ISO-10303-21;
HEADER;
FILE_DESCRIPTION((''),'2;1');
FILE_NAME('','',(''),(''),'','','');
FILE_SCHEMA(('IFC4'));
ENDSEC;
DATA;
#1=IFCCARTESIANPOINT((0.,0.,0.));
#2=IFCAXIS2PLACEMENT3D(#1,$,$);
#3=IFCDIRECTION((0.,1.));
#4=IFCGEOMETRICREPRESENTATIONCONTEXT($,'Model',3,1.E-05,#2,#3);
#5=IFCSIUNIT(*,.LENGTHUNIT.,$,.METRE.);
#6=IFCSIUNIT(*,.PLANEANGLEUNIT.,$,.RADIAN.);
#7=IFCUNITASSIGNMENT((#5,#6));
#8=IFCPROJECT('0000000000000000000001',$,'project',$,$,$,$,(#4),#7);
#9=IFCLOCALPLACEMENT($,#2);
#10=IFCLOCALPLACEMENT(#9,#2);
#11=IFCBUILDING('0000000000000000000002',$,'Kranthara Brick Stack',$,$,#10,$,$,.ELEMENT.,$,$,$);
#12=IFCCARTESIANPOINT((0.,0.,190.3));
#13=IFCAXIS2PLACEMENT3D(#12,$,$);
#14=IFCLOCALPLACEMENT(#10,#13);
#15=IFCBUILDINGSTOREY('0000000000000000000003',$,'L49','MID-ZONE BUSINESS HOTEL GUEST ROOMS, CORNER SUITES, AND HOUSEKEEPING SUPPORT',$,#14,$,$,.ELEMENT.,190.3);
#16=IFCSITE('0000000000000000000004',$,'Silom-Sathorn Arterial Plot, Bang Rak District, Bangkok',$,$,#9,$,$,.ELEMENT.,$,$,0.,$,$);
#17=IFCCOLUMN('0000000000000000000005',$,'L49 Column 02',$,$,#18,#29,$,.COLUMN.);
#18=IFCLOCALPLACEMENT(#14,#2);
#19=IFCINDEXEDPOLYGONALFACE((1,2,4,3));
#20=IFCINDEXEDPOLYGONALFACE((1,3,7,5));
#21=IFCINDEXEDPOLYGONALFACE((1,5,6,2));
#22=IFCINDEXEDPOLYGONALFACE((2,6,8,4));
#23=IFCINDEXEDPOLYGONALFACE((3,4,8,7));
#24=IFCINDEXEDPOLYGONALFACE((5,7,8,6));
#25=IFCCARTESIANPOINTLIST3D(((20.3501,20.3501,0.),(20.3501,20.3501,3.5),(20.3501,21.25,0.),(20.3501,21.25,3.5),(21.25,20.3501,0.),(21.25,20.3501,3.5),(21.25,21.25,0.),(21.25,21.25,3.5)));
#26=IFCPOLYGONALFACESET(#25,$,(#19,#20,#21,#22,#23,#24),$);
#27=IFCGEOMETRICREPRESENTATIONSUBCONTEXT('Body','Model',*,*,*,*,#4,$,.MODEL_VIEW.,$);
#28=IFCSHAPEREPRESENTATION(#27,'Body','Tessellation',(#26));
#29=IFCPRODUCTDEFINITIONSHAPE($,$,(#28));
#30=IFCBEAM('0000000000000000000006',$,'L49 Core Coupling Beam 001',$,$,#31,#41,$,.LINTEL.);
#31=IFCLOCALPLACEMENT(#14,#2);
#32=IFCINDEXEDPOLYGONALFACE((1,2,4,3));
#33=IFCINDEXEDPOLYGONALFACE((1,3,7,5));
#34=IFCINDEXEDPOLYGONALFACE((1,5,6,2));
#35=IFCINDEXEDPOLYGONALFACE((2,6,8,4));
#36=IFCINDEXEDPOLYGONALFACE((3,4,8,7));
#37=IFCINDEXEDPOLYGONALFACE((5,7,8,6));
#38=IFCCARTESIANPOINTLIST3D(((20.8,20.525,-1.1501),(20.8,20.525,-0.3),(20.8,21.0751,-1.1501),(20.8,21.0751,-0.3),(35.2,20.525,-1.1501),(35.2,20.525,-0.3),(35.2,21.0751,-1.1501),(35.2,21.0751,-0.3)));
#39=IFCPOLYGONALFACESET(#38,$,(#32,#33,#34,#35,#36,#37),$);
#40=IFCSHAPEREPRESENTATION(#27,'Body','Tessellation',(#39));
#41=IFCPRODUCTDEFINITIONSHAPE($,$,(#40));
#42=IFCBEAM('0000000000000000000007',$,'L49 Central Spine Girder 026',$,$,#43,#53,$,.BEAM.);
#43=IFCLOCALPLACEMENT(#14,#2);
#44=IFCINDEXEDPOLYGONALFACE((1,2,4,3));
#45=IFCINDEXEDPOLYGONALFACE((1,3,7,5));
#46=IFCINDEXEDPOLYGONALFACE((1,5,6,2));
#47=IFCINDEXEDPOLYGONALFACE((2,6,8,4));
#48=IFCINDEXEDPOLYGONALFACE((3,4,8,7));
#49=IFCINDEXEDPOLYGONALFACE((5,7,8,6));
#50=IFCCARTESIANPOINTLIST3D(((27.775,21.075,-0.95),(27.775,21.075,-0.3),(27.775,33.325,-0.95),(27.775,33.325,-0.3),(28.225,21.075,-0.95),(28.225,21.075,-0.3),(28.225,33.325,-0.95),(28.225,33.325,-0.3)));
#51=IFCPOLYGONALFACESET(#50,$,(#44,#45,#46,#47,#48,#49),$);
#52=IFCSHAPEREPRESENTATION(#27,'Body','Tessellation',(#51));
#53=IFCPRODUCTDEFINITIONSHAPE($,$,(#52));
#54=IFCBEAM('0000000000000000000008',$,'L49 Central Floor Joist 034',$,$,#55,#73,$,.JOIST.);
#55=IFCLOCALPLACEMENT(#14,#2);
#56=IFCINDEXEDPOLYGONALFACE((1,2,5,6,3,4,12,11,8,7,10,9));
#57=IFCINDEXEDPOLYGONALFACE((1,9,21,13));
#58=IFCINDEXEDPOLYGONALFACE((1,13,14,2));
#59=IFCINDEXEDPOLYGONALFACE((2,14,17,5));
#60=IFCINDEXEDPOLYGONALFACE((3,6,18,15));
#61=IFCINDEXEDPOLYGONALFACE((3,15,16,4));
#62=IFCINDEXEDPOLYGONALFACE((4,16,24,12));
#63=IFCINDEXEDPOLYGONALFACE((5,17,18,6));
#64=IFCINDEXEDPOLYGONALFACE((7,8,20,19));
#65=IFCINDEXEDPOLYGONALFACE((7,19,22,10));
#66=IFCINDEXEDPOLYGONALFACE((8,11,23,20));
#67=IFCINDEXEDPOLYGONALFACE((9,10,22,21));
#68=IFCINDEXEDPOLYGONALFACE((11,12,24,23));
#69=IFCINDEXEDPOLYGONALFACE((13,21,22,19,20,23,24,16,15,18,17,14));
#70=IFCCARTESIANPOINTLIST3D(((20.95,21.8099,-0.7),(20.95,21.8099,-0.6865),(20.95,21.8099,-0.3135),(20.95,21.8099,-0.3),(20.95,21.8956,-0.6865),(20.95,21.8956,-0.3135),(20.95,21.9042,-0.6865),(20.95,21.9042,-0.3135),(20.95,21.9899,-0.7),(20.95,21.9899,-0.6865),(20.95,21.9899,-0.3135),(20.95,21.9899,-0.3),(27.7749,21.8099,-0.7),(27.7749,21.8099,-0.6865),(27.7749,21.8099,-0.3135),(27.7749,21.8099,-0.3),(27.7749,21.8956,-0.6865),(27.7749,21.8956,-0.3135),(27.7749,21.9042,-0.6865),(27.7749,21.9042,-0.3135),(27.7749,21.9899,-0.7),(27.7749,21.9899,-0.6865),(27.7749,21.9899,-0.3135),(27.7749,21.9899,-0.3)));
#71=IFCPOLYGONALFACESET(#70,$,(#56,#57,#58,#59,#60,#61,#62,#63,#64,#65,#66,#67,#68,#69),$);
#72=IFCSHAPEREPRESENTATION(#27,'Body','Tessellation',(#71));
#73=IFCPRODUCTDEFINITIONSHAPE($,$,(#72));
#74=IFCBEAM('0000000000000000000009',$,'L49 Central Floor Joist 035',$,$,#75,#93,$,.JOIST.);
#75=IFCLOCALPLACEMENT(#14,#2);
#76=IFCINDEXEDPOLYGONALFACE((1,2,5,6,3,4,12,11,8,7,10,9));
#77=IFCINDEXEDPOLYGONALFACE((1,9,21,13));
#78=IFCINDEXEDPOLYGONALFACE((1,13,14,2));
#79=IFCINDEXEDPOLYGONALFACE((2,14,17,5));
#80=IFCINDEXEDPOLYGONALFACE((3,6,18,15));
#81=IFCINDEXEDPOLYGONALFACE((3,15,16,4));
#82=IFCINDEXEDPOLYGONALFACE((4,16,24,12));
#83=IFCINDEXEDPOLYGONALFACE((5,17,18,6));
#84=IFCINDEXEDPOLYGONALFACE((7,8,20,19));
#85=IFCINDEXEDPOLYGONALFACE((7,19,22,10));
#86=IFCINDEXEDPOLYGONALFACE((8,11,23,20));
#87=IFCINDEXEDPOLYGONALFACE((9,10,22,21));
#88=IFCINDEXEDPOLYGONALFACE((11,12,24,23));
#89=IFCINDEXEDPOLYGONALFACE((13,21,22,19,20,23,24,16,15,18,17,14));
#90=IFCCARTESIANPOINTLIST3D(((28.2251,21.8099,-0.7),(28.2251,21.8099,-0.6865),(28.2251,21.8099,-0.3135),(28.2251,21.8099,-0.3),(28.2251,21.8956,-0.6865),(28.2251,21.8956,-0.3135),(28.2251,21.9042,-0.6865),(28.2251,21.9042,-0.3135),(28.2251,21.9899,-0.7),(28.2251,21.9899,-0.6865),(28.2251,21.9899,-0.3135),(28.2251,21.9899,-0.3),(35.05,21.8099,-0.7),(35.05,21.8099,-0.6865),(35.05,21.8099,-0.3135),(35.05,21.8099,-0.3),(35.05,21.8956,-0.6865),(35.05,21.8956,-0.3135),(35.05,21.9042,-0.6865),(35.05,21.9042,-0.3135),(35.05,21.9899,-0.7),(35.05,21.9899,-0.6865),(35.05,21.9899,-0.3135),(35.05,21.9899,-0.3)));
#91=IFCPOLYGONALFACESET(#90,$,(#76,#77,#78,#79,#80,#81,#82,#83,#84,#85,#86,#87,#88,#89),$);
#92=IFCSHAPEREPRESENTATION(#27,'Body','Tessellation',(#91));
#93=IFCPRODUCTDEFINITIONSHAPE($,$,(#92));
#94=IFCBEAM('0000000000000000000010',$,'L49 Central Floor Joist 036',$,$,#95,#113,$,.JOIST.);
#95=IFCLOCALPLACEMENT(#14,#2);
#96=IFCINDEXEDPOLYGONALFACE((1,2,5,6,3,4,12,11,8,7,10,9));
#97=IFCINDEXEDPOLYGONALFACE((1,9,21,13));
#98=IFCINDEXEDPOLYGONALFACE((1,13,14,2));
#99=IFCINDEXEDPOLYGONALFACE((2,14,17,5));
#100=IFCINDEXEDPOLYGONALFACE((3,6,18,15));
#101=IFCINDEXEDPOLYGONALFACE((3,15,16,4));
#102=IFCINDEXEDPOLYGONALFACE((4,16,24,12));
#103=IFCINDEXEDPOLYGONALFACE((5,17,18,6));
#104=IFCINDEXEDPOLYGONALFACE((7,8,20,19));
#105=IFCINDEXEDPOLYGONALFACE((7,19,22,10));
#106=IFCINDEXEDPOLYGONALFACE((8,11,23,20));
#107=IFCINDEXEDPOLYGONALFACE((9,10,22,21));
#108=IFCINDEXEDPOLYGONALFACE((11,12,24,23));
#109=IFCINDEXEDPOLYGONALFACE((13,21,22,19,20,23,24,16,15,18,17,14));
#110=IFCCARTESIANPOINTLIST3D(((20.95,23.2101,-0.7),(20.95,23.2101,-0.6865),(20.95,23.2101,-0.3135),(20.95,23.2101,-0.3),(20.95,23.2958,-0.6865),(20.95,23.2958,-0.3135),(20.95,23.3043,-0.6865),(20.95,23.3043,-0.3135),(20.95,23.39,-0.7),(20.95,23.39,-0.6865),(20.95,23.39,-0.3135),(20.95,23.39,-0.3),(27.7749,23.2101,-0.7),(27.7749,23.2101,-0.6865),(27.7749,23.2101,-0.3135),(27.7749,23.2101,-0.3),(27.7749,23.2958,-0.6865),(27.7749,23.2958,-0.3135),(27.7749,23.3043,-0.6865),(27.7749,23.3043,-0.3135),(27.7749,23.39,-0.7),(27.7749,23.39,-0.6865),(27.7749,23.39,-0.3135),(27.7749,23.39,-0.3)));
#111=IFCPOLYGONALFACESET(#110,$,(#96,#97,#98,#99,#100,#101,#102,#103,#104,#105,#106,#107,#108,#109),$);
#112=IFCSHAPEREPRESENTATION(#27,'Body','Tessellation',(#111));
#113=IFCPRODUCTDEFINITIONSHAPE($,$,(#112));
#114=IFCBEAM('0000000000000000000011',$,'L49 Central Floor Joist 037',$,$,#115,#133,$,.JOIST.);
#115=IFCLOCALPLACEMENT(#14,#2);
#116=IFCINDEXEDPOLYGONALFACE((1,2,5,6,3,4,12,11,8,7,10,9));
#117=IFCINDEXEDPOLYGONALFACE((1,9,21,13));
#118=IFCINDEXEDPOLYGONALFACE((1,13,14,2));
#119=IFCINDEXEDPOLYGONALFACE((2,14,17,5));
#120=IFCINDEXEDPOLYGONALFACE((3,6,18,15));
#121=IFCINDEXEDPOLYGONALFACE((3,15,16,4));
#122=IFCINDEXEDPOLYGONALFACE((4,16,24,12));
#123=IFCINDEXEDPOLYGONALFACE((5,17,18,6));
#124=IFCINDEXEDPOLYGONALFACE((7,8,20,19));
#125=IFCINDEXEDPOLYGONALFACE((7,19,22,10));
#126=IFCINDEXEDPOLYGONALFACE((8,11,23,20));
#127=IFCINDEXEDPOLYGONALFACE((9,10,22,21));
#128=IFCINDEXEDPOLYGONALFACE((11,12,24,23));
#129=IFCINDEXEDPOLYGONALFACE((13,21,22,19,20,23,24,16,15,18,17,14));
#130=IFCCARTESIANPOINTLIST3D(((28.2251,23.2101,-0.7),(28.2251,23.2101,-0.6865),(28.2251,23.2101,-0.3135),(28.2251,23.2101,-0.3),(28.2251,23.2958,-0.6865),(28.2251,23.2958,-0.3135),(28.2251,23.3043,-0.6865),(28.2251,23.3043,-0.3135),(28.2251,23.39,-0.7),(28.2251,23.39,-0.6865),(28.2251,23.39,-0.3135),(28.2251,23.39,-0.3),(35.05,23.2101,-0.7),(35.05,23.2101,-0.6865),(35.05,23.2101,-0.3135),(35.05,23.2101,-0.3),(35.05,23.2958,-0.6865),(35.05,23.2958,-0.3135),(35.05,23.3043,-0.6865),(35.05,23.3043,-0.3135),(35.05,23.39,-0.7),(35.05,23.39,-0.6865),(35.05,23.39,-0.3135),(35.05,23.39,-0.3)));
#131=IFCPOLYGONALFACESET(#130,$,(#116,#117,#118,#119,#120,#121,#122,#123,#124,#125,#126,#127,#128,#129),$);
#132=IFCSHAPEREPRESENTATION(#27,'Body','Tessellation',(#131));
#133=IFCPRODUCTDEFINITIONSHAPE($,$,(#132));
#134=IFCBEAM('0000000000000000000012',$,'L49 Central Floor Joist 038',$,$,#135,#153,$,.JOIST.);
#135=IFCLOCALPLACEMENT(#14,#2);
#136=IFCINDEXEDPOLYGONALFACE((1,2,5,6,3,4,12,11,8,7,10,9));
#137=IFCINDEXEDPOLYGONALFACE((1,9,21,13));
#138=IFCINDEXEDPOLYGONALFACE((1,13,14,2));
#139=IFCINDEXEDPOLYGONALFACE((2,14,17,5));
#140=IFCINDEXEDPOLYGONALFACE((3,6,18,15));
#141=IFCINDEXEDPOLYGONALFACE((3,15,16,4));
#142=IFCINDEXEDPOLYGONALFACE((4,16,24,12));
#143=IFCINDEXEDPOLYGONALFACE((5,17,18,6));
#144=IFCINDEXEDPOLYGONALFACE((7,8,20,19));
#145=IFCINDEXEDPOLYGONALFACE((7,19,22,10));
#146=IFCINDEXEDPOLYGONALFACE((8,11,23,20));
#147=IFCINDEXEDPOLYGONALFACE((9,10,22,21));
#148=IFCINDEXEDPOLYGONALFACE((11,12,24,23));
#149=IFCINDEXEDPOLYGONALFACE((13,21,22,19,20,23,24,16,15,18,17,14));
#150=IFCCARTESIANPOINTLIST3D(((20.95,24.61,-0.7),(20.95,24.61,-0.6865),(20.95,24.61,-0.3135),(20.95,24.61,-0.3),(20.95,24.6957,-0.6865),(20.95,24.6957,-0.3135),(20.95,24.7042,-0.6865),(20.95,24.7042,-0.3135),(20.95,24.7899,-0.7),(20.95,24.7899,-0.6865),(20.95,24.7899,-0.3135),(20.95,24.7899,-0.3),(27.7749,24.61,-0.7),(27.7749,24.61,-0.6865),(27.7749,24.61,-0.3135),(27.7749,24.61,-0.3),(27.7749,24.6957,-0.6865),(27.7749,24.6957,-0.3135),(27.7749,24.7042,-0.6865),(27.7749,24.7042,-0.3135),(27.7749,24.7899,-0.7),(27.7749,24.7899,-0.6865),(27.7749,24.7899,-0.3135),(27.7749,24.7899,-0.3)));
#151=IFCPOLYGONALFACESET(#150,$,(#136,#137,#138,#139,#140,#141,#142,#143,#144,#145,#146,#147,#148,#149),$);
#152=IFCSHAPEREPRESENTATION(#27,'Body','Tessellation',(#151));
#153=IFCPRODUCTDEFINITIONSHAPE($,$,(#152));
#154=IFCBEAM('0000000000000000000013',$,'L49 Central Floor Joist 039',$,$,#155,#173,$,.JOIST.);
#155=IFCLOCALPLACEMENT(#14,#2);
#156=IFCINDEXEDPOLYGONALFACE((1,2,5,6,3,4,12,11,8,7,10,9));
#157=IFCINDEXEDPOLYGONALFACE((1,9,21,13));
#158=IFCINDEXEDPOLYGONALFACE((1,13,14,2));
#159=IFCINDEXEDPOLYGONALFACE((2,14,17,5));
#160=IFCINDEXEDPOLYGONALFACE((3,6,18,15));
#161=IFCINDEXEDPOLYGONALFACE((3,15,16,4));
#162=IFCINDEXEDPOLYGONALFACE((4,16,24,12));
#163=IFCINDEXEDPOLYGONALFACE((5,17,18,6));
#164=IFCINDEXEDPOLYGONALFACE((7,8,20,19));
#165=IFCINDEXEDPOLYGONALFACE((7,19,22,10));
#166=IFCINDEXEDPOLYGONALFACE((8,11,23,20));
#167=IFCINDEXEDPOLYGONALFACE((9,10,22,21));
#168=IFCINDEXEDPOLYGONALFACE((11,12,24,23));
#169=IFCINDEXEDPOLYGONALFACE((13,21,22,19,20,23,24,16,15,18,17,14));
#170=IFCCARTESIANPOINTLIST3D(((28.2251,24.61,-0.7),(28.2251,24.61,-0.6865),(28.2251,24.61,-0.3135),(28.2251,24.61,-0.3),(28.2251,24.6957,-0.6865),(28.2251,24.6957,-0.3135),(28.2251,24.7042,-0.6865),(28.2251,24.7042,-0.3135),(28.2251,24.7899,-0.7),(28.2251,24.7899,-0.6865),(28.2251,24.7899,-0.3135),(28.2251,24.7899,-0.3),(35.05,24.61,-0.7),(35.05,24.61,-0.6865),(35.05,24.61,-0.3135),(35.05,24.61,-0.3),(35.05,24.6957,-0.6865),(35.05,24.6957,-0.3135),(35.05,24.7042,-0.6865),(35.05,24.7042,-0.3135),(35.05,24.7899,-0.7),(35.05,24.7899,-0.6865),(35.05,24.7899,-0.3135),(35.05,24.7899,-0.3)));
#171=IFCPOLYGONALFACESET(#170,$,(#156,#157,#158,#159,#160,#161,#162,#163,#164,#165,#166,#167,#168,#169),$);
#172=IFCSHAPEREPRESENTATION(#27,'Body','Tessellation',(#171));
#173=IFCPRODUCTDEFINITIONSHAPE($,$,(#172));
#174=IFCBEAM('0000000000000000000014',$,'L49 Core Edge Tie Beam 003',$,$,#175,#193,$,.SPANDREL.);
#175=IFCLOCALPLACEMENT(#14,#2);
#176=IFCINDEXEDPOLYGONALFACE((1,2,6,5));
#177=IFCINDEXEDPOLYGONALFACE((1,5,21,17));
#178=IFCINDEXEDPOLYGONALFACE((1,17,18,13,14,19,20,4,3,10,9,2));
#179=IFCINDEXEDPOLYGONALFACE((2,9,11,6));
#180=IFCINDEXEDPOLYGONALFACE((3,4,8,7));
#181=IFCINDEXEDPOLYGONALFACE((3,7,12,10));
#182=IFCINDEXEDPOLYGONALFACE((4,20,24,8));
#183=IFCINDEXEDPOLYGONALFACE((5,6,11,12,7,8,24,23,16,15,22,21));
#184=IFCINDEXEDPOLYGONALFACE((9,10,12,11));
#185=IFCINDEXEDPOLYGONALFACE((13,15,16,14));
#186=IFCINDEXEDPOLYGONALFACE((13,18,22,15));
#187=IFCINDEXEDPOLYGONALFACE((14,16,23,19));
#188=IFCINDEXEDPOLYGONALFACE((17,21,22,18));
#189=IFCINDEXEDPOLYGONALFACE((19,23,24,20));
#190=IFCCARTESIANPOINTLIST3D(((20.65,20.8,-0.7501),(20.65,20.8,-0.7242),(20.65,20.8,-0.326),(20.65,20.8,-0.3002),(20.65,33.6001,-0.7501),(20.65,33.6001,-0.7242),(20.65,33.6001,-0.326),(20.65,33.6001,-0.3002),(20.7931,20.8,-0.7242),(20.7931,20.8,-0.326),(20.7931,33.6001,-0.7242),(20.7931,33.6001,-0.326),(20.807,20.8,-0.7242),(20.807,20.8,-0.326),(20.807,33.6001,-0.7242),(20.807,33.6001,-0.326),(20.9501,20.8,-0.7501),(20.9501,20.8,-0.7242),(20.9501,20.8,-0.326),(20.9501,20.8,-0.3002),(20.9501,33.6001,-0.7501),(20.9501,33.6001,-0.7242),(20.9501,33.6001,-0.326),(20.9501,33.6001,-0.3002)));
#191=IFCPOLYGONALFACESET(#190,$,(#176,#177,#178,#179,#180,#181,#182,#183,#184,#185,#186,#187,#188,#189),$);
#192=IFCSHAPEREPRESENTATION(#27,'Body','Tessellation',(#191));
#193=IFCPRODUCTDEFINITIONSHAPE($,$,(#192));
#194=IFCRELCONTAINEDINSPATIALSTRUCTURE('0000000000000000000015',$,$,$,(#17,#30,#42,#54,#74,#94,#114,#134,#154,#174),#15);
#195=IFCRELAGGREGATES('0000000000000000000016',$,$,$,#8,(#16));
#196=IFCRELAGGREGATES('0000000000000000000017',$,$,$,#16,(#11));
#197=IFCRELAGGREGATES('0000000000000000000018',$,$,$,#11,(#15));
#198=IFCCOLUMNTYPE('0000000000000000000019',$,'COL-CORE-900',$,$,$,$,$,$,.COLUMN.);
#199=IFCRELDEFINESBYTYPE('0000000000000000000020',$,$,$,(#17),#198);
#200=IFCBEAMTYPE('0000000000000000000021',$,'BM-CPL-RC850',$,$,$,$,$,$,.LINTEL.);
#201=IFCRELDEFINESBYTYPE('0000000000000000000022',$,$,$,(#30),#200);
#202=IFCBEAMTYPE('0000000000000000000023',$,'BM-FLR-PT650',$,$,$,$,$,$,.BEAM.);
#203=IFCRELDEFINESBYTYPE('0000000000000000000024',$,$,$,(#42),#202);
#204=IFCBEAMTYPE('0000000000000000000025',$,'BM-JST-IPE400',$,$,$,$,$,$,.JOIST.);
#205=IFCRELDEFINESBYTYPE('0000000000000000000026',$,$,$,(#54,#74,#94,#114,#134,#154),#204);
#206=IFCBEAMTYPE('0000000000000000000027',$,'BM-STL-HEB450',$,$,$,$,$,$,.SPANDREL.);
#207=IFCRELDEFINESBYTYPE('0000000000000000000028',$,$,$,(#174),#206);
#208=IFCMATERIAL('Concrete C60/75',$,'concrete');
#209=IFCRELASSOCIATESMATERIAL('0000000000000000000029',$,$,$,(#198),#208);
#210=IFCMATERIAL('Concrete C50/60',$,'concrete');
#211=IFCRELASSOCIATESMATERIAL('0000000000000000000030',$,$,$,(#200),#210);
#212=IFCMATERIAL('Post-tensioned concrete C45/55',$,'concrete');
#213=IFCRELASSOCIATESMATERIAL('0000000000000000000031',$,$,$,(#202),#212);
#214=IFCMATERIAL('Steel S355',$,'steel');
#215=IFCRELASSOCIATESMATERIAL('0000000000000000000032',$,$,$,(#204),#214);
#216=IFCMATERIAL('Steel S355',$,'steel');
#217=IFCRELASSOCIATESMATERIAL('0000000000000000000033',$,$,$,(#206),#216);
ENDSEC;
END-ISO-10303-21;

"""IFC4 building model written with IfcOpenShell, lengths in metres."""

from ifc_helpers import new_model, si_unit, direction, frame, origin, origin_2d, place, context, subcontext, project, spatial, rectangle, i_section, extrude, material, material_profile, profile_set, type_object, element, save


model = new_model("IFC4")

# Units and contexts
model_context = context("Model", 3, precision=1e-05, world=origin(), true_north=direction((0.0, 1.0)))
body_context = subcontext(model_context, "Body", "Model", "MODEL_VIEW")
ifc_project = project(units=[si_unit("LENGTHUNIT", "METRE"), si_unit("PLANEANGLEUNIT", "RADIAN")], contexts=[model_context])

# Site, building, storey
site_placement = place(None, origin())
site = spatial("IfcSite", under=ifc_project, at=site_placement, Name="Silom-Sathorn Arterial Plot, Bang Rak District, Bangkok", CompositionType="ELEMENT", RefElevation=0.0)
building_placement = place(site_placement, origin())
building = spatial("IfcBuilding", under=site, at=building_placement, Name="Kranthara Brick Stack", CompositionType="ELEMENT")
storey_placement = place(building_placement, frame((0.0, 0.0, 190.3)))
storey = spatial("IfcBuildingStorey", under=building, at=storey_placement, Name="L49", Description="MID-ZONE BUSINESS HOTEL GUEST ROOMS, CORNER SUITES, AND HOUSEKEEPING SUPPORT", CompositionType="ELEMENT", Elevation=190.3)

# Column
ifc_material_1 = material(Name="Concrete C60/75", Category="concrete")
ifc_material_profile_1 = material_profile(ifc_material_1, rectangle(XDim=0.8999, YDim=0.8999, at=origin_2d()), Name="RC 900x900")
ifc_profile_set_1 = profile_set([ifc_material_profile_1], Name="Concrete C60/75")
column_type = type_object("IfcColumnType", Name="COL-CORE-900", PredefinedType="COLUMN", material=ifc_profile_set_1)
column_placement = place(storey_placement, frame((20.8, 20.8, 0.0), z_axis=(0.0, 0.0, 1.0), x_axis=(1.0, 0.0, 0.0)))
element("IfcColumn", 1, at=column_placement, inside=storey, type_object=column_type, Name="L49 Column 02", PredefinedType="COLUMN", context=body_context, shape_type="SweptSolid", body=[
    extrude(rectangle(XDim=0.8999, YDim=0.8999, at=origin_2d()), origin(), (0.0, 0.0, 1.0), 3.5),
])

# Beams
ifc_material_2 = material(Name="Concrete C50/60", Category="concrete")
ifc_material_profile_2 = material_profile(ifc_material_2, rectangle(XDim=0.55, YDim=0.8501, at=origin_2d()), Name="RC 550x850")
ifc_profile_set_2 = profile_set([ifc_material_profile_2], Name="Concrete C50/60")
beam_type_1 = type_object("IfcBeamType", Name="BM-CPL-RC850", PredefinedType="LINTEL", material=ifc_profile_set_2)
beam_1_placement = place(storey_placement, frame((20.8, 20.8, -0.7251), z_axis=(1.0, 0.0, 0.0), x_axis=(0.0, 1.0, 0.0)))
element("IfcBeam", 2, at=beam_1_placement, inside=storey, type_object=beam_type_1, Name="L49 Core Coupling Beam 001", PredefinedType="LINTEL", context=body_context, shape_type="SweptSolid", body=[
    extrude(rectangle(XDim=0.55, YDim=0.8501, at=origin_2d()), origin(), (0.0, 0.0, 1.0), 14.3999),
])
ifc_material_3 = material(Name="Post-tensioned concrete C45/55", Category="concrete")
ifc_material_profile_3 = material_profile(ifc_material_3, rectangle(XDim=0.45, YDim=0.6499, at=origin_2d()), Name="PT 450x650")
ifc_profile_set_3 = profile_set([ifc_material_profile_3], Name="Post-tensioned concrete C45/55")
beam_type_2 = type_object("IfcBeamType", Name="BM-FLR-PT650", PredefinedType="BEAM", material=ifc_profile_set_3)
beam_2_placement = place(storey_placement, frame((28.0, 21.075, -0.625), z_axis=(0.0, 1.0, 0.0), x_axis=(-1.0, 0.0, 0.0)))
element("IfcBeam", 3, at=beam_2_placement, inside=storey, type_object=beam_type_2, Name="L49 Central Spine Girder 026", PredefinedType="BEAM", context=body_context, shape_type="SweptSolid", body=[
    extrude(rectangle(XDim=0.45, YDim=0.6499, at=origin_2d()), origin(), (0.0, 0.0, 1.0), 12.25),
])
ifc_material_4 = material(Name="Steel S355", Category="steel")
ifc_material_profile_4 = material_profile(ifc_material_4, i_section(OverallWidth=0.1799, OverallDepth=0.3999, WebThickness=0.0085, FlangeThickness=0.0134, at=origin_2d()), Name="IPE 400")
ifc_profile_set_4 = profile_set([ifc_material_profile_4], Name="Steel S355")
beam_type_3 = type_object("IfcBeamType", Name="BM-JST-IPE400", PredefinedType="JOIST", material=ifc_profile_set_4)
for number, where, z_axis, x_axis, name in (
    (4, (20.95, 21.8999, -0.5), (1.0, 0.0, 0.0), (0.0, 1.0, 0.0), "L49 Central Floor Joist 034"),
    (5, (28.2251, 21.8999, -0.5), (1.0, 0.0, 0.0), (0.0, 1.0, 0.0), "L49 Central Floor Joist 035"),
    (6, (20.95, 23.3, -0.5), (1.0, 0.0, 0.0), (0.0, 1.0, 0.0), "L49 Central Floor Joist 036"),
    (7, (28.2251, 23.3, -0.5), (1.0, 0.0, 0.0), (0.0, 1.0, 0.0), "L49 Central Floor Joist 037"),
    (8, (20.95, 24.7, -0.5), (1.0, 0.0, 0.0), (0.0, 1.0, 0.0), "L49 Central Floor Joist 038"),
    (9, (28.2251, 24.7, -0.5), (1.0, 0.0, 0.0), (0.0, 1.0, 0.0), "L49 Central Floor Joist 039"),
):
    element("IfcBeam", number, at=place(storey_placement, frame(where, z_axis=z_axis, x_axis=x_axis)), inside=storey, type_object=beam_type_3, Name=name, PredefinedType="JOIST", context=body_context, shape_type="SweptSolid", body=[
        extrude(i_section(OverallWidth=0.1799, OverallDepth=0.3999, WebThickness=0.0085, FlangeThickness=0.0134, at=origin_2d()), origin(), (0.0, 0.0, 1.0), 6.825),
    ])
ifc_material_5 = material(Name="Steel S355", Category="steel")
ifc_material_profile_5 = material_profile(ifc_material_5, i_section(OverallWidth=0.3, OverallDepth=0.45, WebThickness=0.0139, FlangeThickness=0.0259, at=origin_2d()), Name="HEB 450")
ifc_profile_set_5 = profile_set([ifc_material_profile_5], Name="Steel S355")
beam_type_4 = type_object("IfcBeamType", Name="BM-STL-HEB450", PredefinedType="SPANDREL", material=ifc_profile_set_5)
beam_3_placement = place(storey_placement, frame((20.8, 20.8, -0.5251), z_axis=(0.0, 1.0, 0.0), x_axis=(-1.0, 0.0, 0.0)))
element("IfcBeam", 10, at=beam_3_placement, inside=storey, type_object=beam_type_4, Name="L49 Core Edge Tie Beam 003", PredefinedType="SPANDREL", context=body_context, shape_type="SweptSolid", body=[
    extrude(i_section(OverallWidth=0.3, OverallDepth=0.45, WebThickness=0.0139, FlangeThickness=0.0259, at=origin_2d()), origin(), (0.0, 0.0, 1.0), 12.8),
])

save(model, "model.ifc")
